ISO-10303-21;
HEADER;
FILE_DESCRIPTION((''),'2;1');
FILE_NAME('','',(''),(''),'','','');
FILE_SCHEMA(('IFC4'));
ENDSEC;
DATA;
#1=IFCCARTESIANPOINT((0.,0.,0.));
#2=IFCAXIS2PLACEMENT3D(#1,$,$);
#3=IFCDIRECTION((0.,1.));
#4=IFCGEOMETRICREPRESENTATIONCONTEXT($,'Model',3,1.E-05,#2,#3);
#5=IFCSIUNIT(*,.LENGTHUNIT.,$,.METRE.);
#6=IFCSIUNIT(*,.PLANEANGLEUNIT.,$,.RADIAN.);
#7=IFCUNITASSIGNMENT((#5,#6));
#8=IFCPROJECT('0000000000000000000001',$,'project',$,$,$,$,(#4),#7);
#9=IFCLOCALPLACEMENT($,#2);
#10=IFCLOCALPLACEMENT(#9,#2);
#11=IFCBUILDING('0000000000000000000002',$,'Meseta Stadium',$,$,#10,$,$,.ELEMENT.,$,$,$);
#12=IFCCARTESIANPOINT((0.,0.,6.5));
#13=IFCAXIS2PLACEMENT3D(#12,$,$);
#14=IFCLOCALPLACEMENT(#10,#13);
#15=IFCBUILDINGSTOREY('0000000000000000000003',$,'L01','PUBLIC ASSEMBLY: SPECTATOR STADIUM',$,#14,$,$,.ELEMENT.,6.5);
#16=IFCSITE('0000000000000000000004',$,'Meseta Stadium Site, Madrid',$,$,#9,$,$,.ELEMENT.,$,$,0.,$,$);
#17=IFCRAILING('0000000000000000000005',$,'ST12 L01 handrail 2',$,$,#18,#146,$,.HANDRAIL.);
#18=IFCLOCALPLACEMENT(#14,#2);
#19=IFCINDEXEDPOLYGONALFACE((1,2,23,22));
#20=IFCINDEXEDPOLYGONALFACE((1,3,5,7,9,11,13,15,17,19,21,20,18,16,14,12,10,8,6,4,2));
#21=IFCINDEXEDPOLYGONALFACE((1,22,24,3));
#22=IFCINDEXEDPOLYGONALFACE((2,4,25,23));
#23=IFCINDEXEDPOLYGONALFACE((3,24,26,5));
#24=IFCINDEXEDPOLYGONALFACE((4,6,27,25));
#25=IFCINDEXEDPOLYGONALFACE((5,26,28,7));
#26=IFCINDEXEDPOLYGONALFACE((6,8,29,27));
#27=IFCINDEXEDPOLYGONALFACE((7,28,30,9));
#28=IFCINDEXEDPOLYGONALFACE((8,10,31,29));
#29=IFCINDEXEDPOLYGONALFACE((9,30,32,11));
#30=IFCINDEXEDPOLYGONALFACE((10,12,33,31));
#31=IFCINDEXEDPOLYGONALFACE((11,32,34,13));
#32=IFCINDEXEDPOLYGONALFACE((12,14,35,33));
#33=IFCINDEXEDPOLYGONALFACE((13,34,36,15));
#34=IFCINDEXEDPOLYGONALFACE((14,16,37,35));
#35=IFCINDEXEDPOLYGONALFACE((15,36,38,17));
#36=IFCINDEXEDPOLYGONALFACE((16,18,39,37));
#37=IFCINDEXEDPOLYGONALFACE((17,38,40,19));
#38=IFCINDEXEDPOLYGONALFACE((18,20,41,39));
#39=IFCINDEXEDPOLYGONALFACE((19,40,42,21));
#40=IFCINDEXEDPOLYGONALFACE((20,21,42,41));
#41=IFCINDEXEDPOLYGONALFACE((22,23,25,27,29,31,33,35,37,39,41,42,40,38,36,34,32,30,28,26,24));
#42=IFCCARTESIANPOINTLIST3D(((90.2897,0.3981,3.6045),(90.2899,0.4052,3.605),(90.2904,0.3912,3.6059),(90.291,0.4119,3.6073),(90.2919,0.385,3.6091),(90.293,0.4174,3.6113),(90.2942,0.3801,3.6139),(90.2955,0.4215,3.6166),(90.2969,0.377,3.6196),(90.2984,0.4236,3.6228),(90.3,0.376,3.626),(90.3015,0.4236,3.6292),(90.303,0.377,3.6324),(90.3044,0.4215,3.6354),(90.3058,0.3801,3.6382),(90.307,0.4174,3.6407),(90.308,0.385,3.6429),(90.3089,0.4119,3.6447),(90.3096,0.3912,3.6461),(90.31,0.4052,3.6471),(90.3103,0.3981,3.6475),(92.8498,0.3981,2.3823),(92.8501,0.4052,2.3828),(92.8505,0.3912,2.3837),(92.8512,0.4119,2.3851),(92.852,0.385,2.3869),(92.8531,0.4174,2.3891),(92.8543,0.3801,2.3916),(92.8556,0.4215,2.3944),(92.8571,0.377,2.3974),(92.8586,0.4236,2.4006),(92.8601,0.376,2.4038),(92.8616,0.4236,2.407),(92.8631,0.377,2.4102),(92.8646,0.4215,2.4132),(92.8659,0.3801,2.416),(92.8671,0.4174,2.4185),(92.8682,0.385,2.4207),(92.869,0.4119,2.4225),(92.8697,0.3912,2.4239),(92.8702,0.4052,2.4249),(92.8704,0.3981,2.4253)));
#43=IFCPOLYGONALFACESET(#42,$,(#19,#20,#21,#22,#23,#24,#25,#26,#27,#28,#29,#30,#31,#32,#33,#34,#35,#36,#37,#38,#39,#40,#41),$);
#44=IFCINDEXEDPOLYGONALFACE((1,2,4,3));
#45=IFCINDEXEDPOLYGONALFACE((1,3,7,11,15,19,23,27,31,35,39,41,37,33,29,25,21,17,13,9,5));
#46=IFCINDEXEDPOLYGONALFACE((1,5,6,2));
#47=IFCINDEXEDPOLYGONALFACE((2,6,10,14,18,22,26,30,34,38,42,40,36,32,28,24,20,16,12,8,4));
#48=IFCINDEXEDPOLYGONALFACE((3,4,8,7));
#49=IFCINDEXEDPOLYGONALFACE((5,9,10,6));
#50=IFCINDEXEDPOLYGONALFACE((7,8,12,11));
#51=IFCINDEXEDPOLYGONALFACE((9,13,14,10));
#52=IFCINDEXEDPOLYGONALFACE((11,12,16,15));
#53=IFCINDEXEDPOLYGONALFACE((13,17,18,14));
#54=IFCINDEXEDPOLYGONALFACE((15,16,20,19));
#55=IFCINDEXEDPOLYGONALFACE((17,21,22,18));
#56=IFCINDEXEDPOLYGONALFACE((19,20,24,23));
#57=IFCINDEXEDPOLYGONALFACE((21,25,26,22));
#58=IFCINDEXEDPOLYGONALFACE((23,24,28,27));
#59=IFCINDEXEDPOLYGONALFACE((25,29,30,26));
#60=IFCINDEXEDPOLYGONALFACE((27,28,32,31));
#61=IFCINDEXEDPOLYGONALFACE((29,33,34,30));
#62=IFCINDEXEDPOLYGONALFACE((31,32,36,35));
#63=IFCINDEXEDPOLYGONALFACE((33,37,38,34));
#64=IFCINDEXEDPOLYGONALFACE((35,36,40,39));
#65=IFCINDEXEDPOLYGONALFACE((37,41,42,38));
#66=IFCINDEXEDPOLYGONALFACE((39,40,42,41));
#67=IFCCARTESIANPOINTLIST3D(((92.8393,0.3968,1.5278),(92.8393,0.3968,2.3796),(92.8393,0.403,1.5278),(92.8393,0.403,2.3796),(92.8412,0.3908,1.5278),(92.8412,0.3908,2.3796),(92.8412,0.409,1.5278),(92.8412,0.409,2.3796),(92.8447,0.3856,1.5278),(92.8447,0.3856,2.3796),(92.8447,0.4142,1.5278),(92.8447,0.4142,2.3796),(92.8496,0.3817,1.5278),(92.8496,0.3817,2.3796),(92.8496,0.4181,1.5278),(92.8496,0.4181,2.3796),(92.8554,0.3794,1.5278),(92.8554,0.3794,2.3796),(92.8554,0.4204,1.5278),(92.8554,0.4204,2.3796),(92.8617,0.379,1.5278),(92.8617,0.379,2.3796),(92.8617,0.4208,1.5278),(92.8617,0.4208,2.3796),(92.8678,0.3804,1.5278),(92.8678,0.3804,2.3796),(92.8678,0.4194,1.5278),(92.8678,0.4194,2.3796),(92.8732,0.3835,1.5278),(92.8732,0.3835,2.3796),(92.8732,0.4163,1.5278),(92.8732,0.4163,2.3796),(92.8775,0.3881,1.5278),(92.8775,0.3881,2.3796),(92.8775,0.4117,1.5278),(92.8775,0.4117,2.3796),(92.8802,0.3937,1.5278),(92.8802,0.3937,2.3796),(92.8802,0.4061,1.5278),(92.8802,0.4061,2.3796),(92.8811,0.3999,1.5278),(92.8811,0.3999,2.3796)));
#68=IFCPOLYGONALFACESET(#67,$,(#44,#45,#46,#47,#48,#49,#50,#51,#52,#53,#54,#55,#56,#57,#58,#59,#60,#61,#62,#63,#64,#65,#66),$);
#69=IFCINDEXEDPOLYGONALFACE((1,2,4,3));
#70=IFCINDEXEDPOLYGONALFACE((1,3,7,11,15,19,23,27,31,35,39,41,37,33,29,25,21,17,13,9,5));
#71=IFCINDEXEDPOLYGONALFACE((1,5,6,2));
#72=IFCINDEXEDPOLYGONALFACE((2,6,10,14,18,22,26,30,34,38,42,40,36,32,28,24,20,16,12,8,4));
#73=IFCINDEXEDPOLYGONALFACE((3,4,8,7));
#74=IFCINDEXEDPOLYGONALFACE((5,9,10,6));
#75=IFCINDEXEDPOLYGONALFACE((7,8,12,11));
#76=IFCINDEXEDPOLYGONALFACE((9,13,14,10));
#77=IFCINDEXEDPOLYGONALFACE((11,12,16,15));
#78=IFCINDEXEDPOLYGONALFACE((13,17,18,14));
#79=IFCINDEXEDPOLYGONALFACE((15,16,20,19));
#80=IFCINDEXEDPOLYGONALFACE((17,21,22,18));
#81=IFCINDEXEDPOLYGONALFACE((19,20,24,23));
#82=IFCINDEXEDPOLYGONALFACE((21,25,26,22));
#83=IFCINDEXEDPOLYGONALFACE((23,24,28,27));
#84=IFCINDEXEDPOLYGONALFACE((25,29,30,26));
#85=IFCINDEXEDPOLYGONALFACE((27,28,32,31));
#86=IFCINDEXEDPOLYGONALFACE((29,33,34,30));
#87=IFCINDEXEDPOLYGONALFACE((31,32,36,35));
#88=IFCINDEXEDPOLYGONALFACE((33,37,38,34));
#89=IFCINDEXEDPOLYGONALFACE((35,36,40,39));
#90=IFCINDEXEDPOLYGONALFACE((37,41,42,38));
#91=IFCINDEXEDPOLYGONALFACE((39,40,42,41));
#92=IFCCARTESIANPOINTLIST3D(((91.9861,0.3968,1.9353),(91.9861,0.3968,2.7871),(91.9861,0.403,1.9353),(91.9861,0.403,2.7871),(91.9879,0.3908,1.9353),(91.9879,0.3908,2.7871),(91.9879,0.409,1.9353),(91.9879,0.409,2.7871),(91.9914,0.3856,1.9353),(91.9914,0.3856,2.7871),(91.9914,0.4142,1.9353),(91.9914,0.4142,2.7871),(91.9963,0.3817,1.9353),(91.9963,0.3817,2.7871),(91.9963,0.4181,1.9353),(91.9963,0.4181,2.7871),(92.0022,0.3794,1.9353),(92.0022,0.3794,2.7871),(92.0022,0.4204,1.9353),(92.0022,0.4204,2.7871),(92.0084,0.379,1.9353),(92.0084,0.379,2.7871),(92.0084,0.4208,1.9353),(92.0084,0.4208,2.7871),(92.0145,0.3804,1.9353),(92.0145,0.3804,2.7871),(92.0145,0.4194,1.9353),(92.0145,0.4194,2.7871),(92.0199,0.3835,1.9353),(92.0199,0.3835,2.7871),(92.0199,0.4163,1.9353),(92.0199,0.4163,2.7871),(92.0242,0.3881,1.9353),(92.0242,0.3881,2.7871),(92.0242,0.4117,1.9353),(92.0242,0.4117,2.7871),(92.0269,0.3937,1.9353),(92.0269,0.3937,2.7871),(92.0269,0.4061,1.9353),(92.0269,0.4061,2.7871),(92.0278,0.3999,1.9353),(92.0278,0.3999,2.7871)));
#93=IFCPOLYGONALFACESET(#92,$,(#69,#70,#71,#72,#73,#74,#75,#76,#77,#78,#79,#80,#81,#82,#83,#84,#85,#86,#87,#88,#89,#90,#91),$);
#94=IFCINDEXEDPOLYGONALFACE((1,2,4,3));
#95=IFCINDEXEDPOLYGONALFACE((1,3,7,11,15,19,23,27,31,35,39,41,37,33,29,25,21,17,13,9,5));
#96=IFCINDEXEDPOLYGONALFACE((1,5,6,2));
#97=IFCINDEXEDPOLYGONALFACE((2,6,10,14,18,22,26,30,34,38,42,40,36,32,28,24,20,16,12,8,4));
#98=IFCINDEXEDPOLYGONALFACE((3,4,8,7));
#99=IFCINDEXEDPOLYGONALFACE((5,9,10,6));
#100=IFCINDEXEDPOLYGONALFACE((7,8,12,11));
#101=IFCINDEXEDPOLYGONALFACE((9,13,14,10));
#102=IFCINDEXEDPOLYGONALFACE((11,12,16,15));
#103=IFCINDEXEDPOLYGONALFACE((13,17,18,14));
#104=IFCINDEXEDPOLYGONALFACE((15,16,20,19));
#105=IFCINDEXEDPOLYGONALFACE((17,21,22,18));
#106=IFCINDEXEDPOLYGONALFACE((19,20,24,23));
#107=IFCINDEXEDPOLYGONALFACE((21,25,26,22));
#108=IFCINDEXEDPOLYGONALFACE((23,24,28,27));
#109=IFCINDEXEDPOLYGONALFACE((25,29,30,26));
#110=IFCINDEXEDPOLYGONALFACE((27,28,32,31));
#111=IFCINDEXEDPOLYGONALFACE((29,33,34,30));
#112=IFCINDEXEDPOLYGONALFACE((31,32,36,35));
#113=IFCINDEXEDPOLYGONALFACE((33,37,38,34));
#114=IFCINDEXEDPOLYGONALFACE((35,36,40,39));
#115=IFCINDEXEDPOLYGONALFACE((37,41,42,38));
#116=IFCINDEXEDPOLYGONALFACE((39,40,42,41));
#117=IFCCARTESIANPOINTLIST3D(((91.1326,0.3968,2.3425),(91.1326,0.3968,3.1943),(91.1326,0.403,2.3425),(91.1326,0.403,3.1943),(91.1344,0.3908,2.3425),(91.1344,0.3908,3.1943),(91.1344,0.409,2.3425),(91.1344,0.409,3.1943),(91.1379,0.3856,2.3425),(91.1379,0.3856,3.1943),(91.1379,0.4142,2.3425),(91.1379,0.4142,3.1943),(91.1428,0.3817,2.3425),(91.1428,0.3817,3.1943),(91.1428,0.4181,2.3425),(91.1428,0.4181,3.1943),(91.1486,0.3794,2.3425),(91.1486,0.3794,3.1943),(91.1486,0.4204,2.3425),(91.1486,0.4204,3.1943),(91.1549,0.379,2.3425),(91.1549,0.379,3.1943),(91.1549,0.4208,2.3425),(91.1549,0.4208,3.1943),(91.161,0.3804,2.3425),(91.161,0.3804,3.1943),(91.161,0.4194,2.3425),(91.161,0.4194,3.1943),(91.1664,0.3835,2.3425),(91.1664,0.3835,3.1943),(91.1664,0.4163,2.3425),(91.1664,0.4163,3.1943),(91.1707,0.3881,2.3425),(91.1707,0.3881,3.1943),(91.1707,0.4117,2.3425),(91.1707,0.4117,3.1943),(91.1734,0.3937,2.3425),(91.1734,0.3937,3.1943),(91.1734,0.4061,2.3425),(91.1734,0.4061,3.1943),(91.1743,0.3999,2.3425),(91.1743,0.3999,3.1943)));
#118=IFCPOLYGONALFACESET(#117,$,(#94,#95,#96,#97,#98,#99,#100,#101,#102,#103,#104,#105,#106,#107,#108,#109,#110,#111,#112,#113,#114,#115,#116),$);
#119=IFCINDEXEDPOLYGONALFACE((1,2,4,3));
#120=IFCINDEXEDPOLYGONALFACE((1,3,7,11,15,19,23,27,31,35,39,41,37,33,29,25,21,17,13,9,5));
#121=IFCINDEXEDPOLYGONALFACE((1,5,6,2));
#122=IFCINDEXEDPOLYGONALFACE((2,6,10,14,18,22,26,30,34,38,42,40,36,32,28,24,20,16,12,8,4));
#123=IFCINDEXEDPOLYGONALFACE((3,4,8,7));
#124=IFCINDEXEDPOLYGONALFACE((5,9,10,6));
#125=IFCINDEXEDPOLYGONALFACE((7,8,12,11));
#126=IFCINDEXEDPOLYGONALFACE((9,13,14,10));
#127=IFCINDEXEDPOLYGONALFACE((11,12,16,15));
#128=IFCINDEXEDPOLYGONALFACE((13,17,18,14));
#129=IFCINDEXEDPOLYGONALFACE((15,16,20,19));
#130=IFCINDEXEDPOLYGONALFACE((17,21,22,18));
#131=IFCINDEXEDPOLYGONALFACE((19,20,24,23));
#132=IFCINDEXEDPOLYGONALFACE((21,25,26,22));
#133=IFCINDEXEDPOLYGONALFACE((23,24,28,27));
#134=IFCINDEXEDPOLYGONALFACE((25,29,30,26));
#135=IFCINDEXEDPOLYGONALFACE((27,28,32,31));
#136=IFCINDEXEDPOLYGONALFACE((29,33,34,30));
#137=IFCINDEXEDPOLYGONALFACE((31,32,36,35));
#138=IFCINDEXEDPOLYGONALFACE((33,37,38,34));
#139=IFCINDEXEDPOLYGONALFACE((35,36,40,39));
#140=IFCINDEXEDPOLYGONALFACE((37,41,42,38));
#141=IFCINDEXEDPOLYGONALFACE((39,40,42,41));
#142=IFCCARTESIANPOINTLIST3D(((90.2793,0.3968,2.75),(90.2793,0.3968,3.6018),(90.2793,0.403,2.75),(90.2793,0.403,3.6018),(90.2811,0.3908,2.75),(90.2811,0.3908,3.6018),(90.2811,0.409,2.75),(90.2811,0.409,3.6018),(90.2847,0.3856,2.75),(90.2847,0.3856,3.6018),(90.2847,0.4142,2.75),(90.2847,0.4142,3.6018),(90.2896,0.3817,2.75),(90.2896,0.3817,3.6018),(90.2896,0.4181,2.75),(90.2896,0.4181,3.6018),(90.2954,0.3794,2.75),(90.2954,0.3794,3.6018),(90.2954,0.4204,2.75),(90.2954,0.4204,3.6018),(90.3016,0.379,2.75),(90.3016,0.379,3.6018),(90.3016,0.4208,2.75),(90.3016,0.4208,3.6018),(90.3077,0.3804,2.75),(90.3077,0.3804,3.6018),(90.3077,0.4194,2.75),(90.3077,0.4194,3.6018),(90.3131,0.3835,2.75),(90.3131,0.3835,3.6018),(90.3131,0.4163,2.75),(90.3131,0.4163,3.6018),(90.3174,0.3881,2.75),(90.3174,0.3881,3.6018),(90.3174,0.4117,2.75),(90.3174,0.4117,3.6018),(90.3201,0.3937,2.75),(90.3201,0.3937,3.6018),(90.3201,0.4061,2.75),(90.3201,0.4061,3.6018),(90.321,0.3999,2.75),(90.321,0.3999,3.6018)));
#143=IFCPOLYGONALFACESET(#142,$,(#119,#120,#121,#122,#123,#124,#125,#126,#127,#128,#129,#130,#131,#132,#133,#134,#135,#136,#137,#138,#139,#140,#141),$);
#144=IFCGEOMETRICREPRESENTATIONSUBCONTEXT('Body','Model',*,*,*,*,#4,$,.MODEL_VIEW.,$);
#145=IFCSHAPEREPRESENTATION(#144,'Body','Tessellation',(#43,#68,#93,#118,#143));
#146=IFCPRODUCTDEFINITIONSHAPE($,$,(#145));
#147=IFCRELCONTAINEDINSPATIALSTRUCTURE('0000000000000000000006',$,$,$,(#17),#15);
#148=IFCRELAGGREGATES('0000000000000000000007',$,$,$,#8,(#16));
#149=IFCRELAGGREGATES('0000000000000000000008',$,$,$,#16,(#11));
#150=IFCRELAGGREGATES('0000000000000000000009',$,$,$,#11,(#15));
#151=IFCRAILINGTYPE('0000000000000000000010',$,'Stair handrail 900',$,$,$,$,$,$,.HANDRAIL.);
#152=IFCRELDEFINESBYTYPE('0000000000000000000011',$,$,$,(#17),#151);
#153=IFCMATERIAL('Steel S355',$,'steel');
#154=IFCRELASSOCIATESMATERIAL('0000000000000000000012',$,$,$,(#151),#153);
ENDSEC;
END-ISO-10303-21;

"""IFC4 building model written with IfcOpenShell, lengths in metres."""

from ifc_helpers import new_model, si_unit, direction, frame, origin, origin_2d, place, context, subcontext, project, spatial, circle, extrude, material, type_object, element, save


model = new_model("IFC4")

# Units and contexts
model_context = context("Model", 3, precision=1e-05, world=origin(), true_north=direction((0.0, 1.0)))
body_context = subcontext(model_context, "Body", "Model", "MODEL_VIEW")
ifc_project = project(units=[si_unit("LENGTHUNIT", "METRE"), si_unit("PLANEANGLEUNIT", "RADIAN")], contexts=[model_context])

# Site, building, storey
site_placement = place(None, origin())
site = spatial("IfcSite", under=ifc_project, at=site_placement, Name="Meseta Stadium Site, Madrid", CompositionType="ELEMENT", RefElevation=0.0)
building_placement = place(site_placement, origin())
building = spatial("IfcBuilding", under=site, at=building_placement, Name="Meseta Stadium", CompositionType="ELEMENT")
storey_placement = place(building_placement, frame((0.0, 0.0, 6.5)))
storey = spatial("IfcBuildingStorey", under=building, at=storey_placement, Name="L01", Description="PUBLIC ASSEMBLY: SPECTATOR STADIUM", CompositionType="ELEMENT", Elevation=6.5)

# Railing
ifc_material_1 = material(Name="Steel S355", Category="steel")
railing_type_1 = type_object("IfcRailingType", Name="Stair handrail 900", PredefinedType="HANDRAIL", material=ifc_material_1)
for number, where, name in (
    (1, (92.8601, 0.3999, 1.5278), "ST12 L01 handrail 2"),
):
    element("IfcRailing", number, at=place(storey_placement, frame(where)), inside=storey, type_object=railing_type_1, Name=name, PredefinedType="HANDRAIL", context=body_context, shape_type="SweptSolid", body=[
        extrude(circle(Radius=0.0239, at=origin_2d()), frame((0.0, 0.0, 0.876), z_axis=(-0.902437, 0.0, 0.430822), x_axis=(0.0, -1.0, 0.0)), (0.0, 0.0, 1.0), 2.8369),
        extrude(circle(Radius=0.021, at=origin_2d()), origin(), (0.0, 0.0, 1.0), 0.8518),
        extrude(circle(Radius=0.021, at=origin_2d()), frame((-0.8533, 0.0, 0.4075)), (0.0, 0.0, 1.0), 0.8518),
        extrude(circle(Radius=0.021, at=origin_2d()), frame((-1.7068, 0.0, 0.8147)), (0.0, 0.0, 1.0), 0.8518),
        extrude(circle(Radius=0.021, at=origin_2d()), frame((-2.5601, 0.0, 1.2222)), (0.0, 0.0, 1.0), 0.8518),
    ])

save(model, "model.ifc")
